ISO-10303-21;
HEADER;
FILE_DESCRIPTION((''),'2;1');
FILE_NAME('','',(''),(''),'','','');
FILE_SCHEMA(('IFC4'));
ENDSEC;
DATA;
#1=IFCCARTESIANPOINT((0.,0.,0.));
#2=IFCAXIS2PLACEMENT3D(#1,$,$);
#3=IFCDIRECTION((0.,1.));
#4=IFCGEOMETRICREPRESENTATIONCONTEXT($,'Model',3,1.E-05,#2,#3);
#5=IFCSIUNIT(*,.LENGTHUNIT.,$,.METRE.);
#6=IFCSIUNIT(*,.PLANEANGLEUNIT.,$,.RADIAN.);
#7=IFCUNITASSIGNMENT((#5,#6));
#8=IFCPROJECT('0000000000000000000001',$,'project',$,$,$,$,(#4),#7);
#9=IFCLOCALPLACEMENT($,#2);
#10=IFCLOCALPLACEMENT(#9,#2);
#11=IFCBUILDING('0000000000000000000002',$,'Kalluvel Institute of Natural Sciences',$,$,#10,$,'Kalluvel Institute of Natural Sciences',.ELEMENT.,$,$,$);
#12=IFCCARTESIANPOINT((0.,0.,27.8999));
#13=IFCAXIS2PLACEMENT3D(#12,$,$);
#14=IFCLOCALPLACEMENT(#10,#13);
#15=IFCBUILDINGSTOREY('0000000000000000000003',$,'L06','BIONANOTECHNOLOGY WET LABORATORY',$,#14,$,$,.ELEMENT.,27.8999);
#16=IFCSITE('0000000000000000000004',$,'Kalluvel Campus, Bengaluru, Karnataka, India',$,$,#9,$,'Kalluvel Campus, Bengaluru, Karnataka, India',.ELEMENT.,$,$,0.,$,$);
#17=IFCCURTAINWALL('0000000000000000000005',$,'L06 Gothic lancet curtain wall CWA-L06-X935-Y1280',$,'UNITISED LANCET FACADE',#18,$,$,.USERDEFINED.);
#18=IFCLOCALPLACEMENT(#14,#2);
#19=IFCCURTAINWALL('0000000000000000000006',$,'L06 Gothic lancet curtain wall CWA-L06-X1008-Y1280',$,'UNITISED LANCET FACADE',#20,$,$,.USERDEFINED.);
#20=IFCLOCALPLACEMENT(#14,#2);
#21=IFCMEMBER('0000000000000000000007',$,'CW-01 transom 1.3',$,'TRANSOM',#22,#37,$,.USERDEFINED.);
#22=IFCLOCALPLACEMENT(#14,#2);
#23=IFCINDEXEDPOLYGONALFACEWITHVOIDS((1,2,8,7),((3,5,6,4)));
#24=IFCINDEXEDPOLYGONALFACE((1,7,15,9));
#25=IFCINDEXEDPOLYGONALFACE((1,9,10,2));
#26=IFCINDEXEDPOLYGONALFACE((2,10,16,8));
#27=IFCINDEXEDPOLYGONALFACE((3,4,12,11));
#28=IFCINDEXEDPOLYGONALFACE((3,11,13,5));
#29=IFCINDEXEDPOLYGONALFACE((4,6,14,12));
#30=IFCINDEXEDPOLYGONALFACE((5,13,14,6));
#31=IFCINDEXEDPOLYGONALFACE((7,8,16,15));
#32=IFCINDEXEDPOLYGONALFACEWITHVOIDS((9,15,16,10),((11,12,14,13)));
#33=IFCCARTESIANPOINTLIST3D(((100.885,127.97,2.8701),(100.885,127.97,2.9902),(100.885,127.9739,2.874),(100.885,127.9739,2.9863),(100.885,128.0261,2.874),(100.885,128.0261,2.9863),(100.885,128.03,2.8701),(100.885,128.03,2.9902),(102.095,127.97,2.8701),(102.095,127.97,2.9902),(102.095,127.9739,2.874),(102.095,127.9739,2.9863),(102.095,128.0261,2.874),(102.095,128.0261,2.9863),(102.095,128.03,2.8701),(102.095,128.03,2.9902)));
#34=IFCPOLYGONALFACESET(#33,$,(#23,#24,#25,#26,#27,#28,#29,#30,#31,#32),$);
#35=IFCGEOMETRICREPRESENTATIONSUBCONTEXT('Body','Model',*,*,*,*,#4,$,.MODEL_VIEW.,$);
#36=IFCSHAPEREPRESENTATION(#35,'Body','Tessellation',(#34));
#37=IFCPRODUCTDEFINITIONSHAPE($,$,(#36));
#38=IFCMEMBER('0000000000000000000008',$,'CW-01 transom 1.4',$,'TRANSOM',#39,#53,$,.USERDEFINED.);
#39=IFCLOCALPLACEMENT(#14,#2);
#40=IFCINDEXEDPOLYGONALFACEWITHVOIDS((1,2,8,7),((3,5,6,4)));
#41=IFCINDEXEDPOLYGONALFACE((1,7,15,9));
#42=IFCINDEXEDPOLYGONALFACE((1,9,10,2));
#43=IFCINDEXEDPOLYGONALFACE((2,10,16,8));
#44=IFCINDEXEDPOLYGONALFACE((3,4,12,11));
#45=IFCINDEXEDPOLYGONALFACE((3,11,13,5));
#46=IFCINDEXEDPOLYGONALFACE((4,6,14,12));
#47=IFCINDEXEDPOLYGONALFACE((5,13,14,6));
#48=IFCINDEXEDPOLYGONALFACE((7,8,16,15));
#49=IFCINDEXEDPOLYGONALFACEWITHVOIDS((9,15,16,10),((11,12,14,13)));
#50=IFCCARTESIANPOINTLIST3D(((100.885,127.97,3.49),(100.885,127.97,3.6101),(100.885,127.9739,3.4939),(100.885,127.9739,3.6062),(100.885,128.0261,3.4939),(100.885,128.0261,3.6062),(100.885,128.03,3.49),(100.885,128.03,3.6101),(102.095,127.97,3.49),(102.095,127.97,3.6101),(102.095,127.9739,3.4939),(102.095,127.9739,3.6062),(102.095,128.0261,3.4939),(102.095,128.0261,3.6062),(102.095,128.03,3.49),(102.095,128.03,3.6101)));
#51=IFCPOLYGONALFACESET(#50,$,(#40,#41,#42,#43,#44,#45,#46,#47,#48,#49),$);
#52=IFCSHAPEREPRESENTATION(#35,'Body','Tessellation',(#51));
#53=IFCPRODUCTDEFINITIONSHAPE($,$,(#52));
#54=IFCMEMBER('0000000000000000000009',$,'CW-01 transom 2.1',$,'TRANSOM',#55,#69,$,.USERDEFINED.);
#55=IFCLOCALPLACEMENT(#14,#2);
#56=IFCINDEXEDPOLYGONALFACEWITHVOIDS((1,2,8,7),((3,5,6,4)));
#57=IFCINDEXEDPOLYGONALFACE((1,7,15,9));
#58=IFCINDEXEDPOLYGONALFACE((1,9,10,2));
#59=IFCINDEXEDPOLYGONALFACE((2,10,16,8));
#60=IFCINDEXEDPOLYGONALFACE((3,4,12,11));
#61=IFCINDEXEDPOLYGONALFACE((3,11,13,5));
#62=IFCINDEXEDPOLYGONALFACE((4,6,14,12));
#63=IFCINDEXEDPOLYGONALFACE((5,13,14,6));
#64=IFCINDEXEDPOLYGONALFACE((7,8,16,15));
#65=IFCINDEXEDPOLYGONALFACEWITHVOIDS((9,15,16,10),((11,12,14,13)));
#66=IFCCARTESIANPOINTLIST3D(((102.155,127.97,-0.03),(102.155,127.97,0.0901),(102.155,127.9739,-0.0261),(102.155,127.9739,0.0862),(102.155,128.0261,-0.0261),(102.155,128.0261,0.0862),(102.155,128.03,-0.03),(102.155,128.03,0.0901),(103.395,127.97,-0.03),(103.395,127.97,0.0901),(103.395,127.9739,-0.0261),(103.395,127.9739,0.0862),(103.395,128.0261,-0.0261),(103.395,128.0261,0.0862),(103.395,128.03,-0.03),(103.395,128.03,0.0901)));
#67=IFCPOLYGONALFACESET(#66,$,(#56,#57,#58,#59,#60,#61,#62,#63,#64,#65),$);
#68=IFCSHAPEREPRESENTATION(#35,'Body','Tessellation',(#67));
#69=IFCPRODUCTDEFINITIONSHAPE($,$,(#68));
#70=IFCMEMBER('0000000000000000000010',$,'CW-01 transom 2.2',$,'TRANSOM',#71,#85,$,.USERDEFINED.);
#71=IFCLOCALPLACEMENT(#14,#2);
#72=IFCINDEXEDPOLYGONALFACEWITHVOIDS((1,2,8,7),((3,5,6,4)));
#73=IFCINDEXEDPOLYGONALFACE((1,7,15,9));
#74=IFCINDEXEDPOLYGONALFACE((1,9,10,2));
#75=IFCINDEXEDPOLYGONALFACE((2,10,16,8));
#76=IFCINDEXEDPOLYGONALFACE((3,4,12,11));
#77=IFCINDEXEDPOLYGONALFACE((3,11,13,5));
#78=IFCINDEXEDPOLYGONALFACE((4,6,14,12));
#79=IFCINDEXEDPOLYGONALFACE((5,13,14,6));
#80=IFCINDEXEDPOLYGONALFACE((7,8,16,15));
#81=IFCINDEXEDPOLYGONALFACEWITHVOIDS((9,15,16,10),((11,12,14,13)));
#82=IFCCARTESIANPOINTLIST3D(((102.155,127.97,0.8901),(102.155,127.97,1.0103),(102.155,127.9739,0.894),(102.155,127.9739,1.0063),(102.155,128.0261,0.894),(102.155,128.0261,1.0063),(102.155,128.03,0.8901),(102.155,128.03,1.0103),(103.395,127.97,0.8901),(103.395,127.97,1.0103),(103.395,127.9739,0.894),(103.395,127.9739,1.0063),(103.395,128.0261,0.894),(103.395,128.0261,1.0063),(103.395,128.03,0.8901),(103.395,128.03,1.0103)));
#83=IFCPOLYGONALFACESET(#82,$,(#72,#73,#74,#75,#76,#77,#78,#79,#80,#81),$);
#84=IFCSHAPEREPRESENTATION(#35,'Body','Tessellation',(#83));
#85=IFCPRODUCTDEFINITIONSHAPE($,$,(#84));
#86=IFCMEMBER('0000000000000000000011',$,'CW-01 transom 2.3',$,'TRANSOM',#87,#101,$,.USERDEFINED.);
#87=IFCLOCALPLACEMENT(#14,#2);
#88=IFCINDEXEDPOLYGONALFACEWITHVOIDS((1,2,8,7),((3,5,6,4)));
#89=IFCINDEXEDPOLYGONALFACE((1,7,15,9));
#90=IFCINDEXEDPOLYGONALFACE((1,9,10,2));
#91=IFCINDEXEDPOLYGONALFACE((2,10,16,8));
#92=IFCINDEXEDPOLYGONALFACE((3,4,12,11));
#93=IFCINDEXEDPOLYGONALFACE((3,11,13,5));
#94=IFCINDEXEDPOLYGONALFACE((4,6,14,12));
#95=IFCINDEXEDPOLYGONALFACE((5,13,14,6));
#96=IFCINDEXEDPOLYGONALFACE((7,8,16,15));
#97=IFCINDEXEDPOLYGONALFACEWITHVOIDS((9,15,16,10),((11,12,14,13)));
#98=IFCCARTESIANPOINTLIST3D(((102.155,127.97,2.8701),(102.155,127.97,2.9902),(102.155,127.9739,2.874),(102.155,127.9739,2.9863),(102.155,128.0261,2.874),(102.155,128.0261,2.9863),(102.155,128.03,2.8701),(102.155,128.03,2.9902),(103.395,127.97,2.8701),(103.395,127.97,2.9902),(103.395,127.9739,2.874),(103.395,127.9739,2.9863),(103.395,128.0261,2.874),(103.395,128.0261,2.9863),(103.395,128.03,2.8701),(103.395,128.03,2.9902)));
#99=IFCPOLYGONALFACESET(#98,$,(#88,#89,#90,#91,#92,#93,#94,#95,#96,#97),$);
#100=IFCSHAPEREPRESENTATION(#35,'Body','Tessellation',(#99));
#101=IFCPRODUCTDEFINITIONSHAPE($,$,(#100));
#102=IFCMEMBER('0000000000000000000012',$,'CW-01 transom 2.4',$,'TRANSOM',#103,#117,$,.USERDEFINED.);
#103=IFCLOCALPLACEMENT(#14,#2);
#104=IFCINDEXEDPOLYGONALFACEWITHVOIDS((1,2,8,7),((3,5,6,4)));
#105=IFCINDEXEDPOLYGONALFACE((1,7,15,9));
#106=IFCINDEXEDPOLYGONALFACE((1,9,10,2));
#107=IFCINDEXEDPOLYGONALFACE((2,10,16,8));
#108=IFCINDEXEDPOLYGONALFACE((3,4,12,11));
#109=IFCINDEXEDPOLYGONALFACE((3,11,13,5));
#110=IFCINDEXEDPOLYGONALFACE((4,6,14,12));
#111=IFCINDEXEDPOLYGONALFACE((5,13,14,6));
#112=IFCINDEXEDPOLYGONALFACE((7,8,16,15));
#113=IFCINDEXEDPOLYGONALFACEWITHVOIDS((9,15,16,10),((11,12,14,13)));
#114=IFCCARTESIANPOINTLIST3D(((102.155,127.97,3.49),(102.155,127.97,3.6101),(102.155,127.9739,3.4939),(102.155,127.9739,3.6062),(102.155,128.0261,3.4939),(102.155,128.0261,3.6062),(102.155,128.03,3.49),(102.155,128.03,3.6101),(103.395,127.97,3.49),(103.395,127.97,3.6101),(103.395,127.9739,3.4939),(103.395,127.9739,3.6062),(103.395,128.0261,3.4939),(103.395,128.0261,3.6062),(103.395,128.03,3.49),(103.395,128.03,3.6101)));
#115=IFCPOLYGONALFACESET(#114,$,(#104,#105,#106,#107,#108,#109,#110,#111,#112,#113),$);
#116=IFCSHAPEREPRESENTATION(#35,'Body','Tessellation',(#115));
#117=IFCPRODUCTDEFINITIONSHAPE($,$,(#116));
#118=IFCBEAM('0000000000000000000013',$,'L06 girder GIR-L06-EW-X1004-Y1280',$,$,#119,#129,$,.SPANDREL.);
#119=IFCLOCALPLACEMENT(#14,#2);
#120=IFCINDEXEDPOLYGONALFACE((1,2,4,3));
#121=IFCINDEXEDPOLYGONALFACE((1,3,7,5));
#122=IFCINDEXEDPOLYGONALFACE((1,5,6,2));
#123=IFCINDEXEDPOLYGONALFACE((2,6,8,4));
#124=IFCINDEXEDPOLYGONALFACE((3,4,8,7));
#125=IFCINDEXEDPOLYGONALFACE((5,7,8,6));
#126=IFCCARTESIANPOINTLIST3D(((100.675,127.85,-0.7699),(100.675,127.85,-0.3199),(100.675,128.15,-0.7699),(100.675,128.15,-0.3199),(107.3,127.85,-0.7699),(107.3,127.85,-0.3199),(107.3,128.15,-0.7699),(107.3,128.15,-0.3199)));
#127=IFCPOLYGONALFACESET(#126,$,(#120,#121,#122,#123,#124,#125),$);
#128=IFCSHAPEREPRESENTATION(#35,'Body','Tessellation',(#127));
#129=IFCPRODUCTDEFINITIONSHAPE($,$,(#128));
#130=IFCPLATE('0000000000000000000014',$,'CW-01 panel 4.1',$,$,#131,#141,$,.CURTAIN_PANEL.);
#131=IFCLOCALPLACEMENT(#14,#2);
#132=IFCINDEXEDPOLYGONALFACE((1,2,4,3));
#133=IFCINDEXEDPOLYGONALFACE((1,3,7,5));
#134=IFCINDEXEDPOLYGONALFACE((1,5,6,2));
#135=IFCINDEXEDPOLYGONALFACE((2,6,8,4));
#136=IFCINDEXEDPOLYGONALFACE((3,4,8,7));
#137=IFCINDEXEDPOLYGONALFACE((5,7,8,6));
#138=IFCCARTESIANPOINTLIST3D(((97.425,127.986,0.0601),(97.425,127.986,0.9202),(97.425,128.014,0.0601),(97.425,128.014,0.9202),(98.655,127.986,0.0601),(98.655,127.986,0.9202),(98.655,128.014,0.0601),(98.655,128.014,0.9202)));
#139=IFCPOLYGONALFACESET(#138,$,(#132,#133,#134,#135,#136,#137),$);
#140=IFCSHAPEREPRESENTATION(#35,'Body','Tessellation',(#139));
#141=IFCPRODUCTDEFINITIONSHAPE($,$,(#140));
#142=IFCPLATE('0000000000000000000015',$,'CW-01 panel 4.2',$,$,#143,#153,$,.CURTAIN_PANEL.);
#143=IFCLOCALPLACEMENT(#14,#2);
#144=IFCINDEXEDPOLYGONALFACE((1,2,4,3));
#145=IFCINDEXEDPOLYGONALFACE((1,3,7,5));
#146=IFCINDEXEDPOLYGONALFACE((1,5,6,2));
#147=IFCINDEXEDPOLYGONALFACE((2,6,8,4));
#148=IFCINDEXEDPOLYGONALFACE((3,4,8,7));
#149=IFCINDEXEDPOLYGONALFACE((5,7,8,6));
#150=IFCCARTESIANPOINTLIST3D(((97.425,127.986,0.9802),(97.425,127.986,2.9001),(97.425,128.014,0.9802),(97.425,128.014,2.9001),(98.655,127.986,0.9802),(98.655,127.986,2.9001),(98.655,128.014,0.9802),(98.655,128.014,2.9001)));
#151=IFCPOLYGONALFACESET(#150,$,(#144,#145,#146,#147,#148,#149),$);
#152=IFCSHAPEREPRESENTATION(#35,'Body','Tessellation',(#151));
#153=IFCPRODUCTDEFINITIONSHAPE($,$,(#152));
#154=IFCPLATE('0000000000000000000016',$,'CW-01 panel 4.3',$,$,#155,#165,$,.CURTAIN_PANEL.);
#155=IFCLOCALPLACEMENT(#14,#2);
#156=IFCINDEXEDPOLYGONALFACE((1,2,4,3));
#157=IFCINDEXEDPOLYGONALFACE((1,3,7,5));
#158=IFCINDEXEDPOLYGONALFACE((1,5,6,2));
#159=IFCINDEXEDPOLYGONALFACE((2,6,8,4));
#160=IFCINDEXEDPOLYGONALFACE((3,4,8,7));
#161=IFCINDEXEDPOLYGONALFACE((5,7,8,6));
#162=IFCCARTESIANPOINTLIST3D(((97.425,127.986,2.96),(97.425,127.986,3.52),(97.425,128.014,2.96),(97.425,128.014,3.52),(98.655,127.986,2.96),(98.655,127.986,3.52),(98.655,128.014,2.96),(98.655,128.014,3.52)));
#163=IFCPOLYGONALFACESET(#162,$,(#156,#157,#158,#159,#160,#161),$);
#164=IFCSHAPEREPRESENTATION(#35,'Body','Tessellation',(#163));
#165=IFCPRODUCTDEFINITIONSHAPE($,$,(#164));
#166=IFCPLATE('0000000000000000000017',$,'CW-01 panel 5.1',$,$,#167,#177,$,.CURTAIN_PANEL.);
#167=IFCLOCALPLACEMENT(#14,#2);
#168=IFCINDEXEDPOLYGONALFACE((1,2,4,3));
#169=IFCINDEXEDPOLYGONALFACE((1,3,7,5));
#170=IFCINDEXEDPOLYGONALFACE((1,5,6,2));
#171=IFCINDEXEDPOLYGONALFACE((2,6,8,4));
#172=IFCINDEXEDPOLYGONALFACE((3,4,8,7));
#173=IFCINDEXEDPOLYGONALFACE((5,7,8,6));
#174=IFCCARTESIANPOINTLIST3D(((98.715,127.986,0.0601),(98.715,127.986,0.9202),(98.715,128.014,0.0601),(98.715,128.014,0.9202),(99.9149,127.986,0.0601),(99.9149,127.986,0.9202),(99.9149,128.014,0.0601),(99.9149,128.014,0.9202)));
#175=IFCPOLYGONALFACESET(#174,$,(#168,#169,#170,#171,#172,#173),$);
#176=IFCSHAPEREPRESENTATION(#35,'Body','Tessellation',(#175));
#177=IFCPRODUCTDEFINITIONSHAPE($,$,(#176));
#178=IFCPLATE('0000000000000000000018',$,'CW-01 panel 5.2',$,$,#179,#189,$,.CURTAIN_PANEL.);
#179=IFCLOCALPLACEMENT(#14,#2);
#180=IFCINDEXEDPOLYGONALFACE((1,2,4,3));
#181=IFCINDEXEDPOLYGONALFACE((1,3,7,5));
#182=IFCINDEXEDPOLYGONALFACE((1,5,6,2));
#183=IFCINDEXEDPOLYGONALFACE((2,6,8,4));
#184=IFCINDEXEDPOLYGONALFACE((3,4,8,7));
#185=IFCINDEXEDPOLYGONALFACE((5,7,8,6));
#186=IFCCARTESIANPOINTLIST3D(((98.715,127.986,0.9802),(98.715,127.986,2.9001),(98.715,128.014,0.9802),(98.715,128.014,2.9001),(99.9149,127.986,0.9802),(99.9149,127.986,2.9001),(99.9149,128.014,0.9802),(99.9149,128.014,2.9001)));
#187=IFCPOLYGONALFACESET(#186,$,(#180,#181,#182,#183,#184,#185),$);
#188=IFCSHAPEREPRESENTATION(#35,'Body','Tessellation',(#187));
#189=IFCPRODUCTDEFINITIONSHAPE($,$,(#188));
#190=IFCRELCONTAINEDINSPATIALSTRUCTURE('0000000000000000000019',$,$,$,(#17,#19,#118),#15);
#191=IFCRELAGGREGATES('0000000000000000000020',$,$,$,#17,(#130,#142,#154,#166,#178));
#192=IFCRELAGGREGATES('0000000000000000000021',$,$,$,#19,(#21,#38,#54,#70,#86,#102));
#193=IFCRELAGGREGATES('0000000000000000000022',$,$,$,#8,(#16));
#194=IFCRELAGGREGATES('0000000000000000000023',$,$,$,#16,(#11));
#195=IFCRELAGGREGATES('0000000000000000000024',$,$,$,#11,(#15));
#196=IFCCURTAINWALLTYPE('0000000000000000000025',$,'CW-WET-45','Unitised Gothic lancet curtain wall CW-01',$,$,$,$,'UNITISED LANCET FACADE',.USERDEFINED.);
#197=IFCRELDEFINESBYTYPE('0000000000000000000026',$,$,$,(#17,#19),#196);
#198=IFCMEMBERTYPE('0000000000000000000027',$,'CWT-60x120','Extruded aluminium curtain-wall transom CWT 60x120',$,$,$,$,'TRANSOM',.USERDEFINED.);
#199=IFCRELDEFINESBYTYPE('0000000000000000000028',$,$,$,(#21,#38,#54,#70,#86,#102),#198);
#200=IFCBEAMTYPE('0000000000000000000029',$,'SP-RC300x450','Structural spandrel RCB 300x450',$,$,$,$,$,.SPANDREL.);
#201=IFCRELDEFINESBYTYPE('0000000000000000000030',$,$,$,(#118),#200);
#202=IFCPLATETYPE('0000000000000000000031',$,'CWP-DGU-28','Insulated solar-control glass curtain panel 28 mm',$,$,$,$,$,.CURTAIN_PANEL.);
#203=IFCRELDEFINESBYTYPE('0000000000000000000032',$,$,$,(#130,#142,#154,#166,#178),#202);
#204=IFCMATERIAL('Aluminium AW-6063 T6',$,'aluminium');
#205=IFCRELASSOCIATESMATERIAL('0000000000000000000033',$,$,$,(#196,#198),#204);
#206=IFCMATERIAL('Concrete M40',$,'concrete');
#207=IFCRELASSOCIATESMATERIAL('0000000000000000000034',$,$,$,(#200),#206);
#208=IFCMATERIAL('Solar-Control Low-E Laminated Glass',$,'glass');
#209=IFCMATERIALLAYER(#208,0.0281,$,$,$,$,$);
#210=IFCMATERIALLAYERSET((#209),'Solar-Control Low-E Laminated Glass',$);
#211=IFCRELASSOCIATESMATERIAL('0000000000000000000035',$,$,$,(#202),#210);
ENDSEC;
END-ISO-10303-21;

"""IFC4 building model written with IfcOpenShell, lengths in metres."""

from ifc_helpers import new_model, si_unit, direction, frame, origin, origin_2d, place, context, subcontext, project, spatial, rectangle, hollow_rectangle, extrude, material, layer, layer_set, material_profile, profile_set, type_object, element, aggregate, save


model = new_model("IFC4")

# Units and contexts
model_context = context("Model", 3, precision=1e-05, world=origin(), true_north=direction((0.0, 1.0)))
body_context = subcontext(model_context, "Body", "Model", "MODEL_VIEW")
ifc_project = project(units=[si_unit("LENGTHUNIT", "METRE"), si_unit("PLANEANGLEUNIT", "RADIAN")], contexts=[model_context])

# Site, building, storey
site_placement = place(None, origin())
site = spatial("IfcSite", under=ifc_project, at=site_placement, Name="Kalluvel Campus, Bengaluru, Karnataka, India", LongName="Kalluvel Campus, Bengaluru, Karnataka, India", CompositionType="ELEMENT", RefElevation=0.0)
building_placement = place(site_placement, origin())
building = spatial("IfcBuilding", under=site, at=building_placement, Name="Kalluvel Institute of Natural Sciences", LongName="Kalluvel Institute of Natural Sciences", CompositionType="ELEMENT")
storey_placement = place(building_placement, frame((0.0, 0.0, 27.8999)))
storey = spatial("IfcBuildingStorey", under=building, at=storey_placement, Name="L06", Description="BIONANOTECHNOLOGY WET LABORATORY", CompositionType="ELEMENT", Elevation=27.8999)

# Shared definitions
ifc_material_1 = material(Name="Concrete M40", Category="concrete")

# Curtain walls
ifc_material_2 = material(Name="Aluminium AW-6063 T6", Category="aluminium")
curtain_wall_type = type_object("IfcCurtainWallType", Name="CW-WET-45", Description="Unitised Gothic lancet curtain wall CW-01", ElementType="UNITISED LANCET FACADE", PredefinedType="USERDEFINED", material=ifc_material_2)
curtain_wall_1_placement = place(storey_placement, origin())
curtain_wall_1 = element("IfcCurtainWall", 1, at=curtain_wall_1_placement, inside=storey, type_object=curtain_wall_type, Name="L06 Gothic lancet curtain wall CWA-L06-X935-Y1280", ObjectType="UNITISED LANCET FACADE", PredefinedType="USERDEFINED")
curtain_wall_2_placement = place(storey_placement, origin())
curtain_wall_2 = element("IfcCurtainWall", 2, at=curtain_wall_2_placement, inside=storey, type_object=curtain_wall_type, Name="L06 Gothic lancet curtain wall CWA-L06-X1008-Y1280", ObjectType="UNITISED LANCET FACADE", PredefinedType="USERDEFINED")

# Members
ifc_material_profile_1 = material_profile(ifc_material_2, hollow_rectangle(XDim=0.0601, YDim=0.1201, WallThickness=0.0039, at=origin_2d()), Name="CWT 60x120")
ifc_profile_set_1 = profile_set([ifc_material_profile_1], Name="Aluminium AW-6063 T6")
member_type_1 = type_object("IfcMemberType", Name="CWT-60x120", Description="Extruded aluminium curtain-wall transom CWT 60x120", ElementType="TRANSOM", PredefinedType="USERDEFINED", material=ifc_profile_set_1)
member_1_placement = place(storey_placement, frame((100.885, 128.0, 2.9302), z_axis=(1.0, 0.0, 0.0), x_axis=(0.0, 1.0, 0.0)))
member_1 = element("IfcMember", 3, at=member_1_placement, type_object=member_type_1, Name="CW-01 transom 1.3", ObjectType="TRANSOM", PredefinedType="USERDEFINED", context=body_context, shape_type="SweptSolid", body=[
    extrude(hollow_rectangle(XDim=0.0601, YDim=0.1201, WallThickness=0.0039, at=origin_2d()), origin(), (0.0, 0.0, 1.0), 1.21),
])
member_2_placement = place(storey_placement, frame((100.885, 128.0, 3.55), z_axis=(1.0, 0.0, 0.0), x_axis=(0.0, 1.0, 0.0)))
member_2 = element("IfcMember", 4, at=member_2_placement, type_object=member_type_1, Name="CW-01 transom 1.4", ObjectType="TRANSOM", PredefinedType="USERDEFINED", context=body_context, shape_type="SweptSolid", body=[
    extrude(hollow_rectangle(XDim=0.0601, YDim=0.1201, WallThickness=0.0039, at=origin_2d()), origin(), (0.0, 0.0, 1.0), 1.21),
])
member_3_placement = place(storey_placement, frame((102.155, 128.0, 0.03), z_axis=(1.0, 0.0, 0.0), x_axis=(0.0, 1.0, 0.0)))
member_3 = element("IfcMember", 5, at=member_3_placement, type_object=member_type_1, Name="CW-01 transom 2.1", ObjectType="TRANSOM", PredefinedType="USERDEFINED", context=body_context, shape_type="SweptSolid", body=[
    extrude(hollow_rectangle(XDim=0.0601, YDim=0.1201, WallThickness=0.0039, at=origin_2d()), origin(), (0.0, 0.0, 1.0), 1.24),
])
member_4_placement = place(storey_placement, frame((102.155, 128.0, 0.9502), z_axis=(1.0, 0.0, 0.0), x_axis=(0.0, 1.0, 0.0)))
member_4 = element("IfcMember", 6, at=member_4_placement, type_object=member_type_1, Name="CW-01 transom 2.2", ObjectType="TRANSOM", PredefinedType="USERDEFINED", context=body_context, shape_type="SweptSolid", body=[
    extrude(hollow_rectangle(XDim=0.0601, YDim=0.1201, WallThickness=0.0039, at=origin_2d()), origin(), (0.0, 0.0, 1.0), 1.24),
])
member_5_placement = place(storey_placement, frame((102.155, 128.0, 2.9302), z_axis=(1.0, 0.0, 0.0), x_axis=(0.0, 1.0, 0.0)))
member_5 = element("IfcMember", 7, at=member_5_placement, type_object=member_type_1, Name="CW-01 transom 2.3", ObjectType="TRANSOM", PredefinedType="USERDEFINED", context=body_context, shape_type="SweptSolid", body=[
    extrude(hollow_rectangle(XDim=0.0601, YDim=0.1201, WallThickness=0.0039, at=origin_2d()), origin(), (0.0, 0.0, 1.0), 1.24),
])
member_6_placement = place(storey_placement, frame((102.155, 128.0, 3.55), z_axis=(1.0, 0.0, 0.0), x_axis=(0.0, 1.0, 0.0)))
member_6 = element("IfcMember", 8, at=member_6_placement, type_object=member_type_1, Name="CW-01 transom 2.4", ObjectType="TRANSOM", PredefinedType="USERDEFINED", context=body_context, shape_type="SweptSolid", body=[
    extrude(hollow_rectangle(XDim=0.0601, YDim=0.1201, WallThickness=0.0039, at=origin_2d()), origin(), (0.0, 0.0, 1.0), 1.24),
])

# Beam
ifc_material_profile_2 = material_profile(ifc_material_1, rectangle(XDim=0.3, YDim=0.45, at=origin_2d()), Name="RCB 300x450")
ifc_profile_set_2 = profile_set([ifc_material_profile_2], Name="Concrete M40")
beam_type = type_object("IfcBeamType", Name="SP-RC300x450", Description="Structural spandrel RCB 300x450", PredefinedType="SPANDREL", material=ifc_profile_set_2)
beam_placement = place(storey_placement, frame((100.675, 128.0, -0.5449), z_axis=(1.0, 0.0, 0.0), x_axis=(0.0, 1.0, 0.0)))
element("IfcBeam", 9, at=beam_placement, inside=storey, type_object=beam_type, Name="L06 girder GIR-L06-EW-X1004-Y1280", PredefinedType="SPANDREL", context=body_context, shape_type="SweptSolid", body=[
    extrude(rectangle(XDim=0.3, YDim=0.45, at=origin_2d()), origin(), (0.0, 0.0, 1.0), 6.625),
])

# Plates
ifc_material_3 = material(Name="Solar-Control Low-E Laminated Glass", Category="glass")
ifc_layer = layer(ifc_material_3, 0.0281)
ifc_layer_set = layer_set([ifc_layer], Name="Solar-Control Low-E Laminated Glass")
plate_type = type_object("IfcPlateType", Name="CWP-DGU-28", Description="Insulated solar-control glass curtain panel 28 mm", PredefinedType="CURTAIN_PANEL", material=ifc_layer_set)
plate_1_placement = place(storey_placement, frame((98.04, 128.0, 0.0601), z_axis=(0.0, 0.0, 1.0), x_axis=(1.0, 0.0, 0.0)))
plate_1 = element("IfcPlate", 10, at=plate_1_placement, type_object=plate_type, Name="CW-01 panel 4.1", PredefinedType="CURTAIN_PANEL", context=body_context, shape_type="SweptSolid", body=[
    extrude(rectangle(XDim=1.23, YDim=0.0281, at=origin_2d()), origin(), (0.0, 0.0, 1.0), 0.8601),
])
plate_2_placement = place(storey_placement, frame((98.04, 128.0, 0.9802), z_axis=(0.0, 0.0, 1.0), x_axis=(1.0, 0.0, 0.0)))
plate_2 = element("IfcPlate", 11, at=plate_2_placement, type_object=plate_type, Name="CW-01 panel 4.2", PredefinedType="CURTAIN_PANEL", context=body_context, shape_type="SweptSolid", body=[
    extrude(rectangle(XDim=1.23, YDim=0.0281, at=origin_2d()), origin(), (0.0, 0.0, 1.0), 1.9199),
])
plate_3_placement = place(storey_placement, frame((98.04, 128.0, 2.96), z_axis=(0.0, 0.0, 1.0), x_axis=(1.0, 0.0, 0.0)))
plate_3 = element("IfcPlate", 12, at=plate_3_placement, type_object=plate_type, Name="CW-01 panel 4.3", PredefinedType="CURTAIN_PANEL", context=body_context, shape_type="SweptSolid", body=[
    extrude(rectangle(XDim=1.23, YDim=0.0281, at=origin_2d()), origin(), (0.0, 0.0, 1.0), 0.5601),
])
plate_4_placement = place(storey_placement, frame((99.3149, 128.0, 0.0601), z_axis=(0.0, 0.0, 1.0), x_axis=(1.0, 0.0, 0.0)))
plate_4 = element("IfcPlate", 13, at=plate_4_placement, type_object=plate_type, Name="CW-01 panel 5.1", PredefinedType="CURTAIN_PANEL", context=body_context, shape_type="SweptSolid", body=[
    extrude(rectangle(XDim=1.2, YDim=0.0281, at=origin_2d()), origin(), (0.0, 0.0, 1.0), 0.8601),
])
plate_5_placement = place(storey_placement, frame((99.3149, 128.0, 0.9802), z_axis=(0.0, 0.0, 1.0), x_axis=(1.0, 0.0, 0.0)))
plate_5 = element("IfcPlate", 14, at=plate_5_placement, type_object=plate_type, Name="CW-01 panel 5.2", PredefinedType="CURTAIN_PANEL", context=body_context, shape_type="SweptSolid", body=[
    extrude(rectangle(XDim=1.2, YDim=0.0281, at=origin_2d()), origin(), (0.0, 0.0, 1.0), 1.9199),
])
aggregate(curtain_wall_1, [plate_1, plate_2, plate_3, plate_4, plate_5])
aggregate(curtain_wall_2, [member_1, member_2, member_3, member_4, member_5, member_6])

save(model, "model.ifc")
